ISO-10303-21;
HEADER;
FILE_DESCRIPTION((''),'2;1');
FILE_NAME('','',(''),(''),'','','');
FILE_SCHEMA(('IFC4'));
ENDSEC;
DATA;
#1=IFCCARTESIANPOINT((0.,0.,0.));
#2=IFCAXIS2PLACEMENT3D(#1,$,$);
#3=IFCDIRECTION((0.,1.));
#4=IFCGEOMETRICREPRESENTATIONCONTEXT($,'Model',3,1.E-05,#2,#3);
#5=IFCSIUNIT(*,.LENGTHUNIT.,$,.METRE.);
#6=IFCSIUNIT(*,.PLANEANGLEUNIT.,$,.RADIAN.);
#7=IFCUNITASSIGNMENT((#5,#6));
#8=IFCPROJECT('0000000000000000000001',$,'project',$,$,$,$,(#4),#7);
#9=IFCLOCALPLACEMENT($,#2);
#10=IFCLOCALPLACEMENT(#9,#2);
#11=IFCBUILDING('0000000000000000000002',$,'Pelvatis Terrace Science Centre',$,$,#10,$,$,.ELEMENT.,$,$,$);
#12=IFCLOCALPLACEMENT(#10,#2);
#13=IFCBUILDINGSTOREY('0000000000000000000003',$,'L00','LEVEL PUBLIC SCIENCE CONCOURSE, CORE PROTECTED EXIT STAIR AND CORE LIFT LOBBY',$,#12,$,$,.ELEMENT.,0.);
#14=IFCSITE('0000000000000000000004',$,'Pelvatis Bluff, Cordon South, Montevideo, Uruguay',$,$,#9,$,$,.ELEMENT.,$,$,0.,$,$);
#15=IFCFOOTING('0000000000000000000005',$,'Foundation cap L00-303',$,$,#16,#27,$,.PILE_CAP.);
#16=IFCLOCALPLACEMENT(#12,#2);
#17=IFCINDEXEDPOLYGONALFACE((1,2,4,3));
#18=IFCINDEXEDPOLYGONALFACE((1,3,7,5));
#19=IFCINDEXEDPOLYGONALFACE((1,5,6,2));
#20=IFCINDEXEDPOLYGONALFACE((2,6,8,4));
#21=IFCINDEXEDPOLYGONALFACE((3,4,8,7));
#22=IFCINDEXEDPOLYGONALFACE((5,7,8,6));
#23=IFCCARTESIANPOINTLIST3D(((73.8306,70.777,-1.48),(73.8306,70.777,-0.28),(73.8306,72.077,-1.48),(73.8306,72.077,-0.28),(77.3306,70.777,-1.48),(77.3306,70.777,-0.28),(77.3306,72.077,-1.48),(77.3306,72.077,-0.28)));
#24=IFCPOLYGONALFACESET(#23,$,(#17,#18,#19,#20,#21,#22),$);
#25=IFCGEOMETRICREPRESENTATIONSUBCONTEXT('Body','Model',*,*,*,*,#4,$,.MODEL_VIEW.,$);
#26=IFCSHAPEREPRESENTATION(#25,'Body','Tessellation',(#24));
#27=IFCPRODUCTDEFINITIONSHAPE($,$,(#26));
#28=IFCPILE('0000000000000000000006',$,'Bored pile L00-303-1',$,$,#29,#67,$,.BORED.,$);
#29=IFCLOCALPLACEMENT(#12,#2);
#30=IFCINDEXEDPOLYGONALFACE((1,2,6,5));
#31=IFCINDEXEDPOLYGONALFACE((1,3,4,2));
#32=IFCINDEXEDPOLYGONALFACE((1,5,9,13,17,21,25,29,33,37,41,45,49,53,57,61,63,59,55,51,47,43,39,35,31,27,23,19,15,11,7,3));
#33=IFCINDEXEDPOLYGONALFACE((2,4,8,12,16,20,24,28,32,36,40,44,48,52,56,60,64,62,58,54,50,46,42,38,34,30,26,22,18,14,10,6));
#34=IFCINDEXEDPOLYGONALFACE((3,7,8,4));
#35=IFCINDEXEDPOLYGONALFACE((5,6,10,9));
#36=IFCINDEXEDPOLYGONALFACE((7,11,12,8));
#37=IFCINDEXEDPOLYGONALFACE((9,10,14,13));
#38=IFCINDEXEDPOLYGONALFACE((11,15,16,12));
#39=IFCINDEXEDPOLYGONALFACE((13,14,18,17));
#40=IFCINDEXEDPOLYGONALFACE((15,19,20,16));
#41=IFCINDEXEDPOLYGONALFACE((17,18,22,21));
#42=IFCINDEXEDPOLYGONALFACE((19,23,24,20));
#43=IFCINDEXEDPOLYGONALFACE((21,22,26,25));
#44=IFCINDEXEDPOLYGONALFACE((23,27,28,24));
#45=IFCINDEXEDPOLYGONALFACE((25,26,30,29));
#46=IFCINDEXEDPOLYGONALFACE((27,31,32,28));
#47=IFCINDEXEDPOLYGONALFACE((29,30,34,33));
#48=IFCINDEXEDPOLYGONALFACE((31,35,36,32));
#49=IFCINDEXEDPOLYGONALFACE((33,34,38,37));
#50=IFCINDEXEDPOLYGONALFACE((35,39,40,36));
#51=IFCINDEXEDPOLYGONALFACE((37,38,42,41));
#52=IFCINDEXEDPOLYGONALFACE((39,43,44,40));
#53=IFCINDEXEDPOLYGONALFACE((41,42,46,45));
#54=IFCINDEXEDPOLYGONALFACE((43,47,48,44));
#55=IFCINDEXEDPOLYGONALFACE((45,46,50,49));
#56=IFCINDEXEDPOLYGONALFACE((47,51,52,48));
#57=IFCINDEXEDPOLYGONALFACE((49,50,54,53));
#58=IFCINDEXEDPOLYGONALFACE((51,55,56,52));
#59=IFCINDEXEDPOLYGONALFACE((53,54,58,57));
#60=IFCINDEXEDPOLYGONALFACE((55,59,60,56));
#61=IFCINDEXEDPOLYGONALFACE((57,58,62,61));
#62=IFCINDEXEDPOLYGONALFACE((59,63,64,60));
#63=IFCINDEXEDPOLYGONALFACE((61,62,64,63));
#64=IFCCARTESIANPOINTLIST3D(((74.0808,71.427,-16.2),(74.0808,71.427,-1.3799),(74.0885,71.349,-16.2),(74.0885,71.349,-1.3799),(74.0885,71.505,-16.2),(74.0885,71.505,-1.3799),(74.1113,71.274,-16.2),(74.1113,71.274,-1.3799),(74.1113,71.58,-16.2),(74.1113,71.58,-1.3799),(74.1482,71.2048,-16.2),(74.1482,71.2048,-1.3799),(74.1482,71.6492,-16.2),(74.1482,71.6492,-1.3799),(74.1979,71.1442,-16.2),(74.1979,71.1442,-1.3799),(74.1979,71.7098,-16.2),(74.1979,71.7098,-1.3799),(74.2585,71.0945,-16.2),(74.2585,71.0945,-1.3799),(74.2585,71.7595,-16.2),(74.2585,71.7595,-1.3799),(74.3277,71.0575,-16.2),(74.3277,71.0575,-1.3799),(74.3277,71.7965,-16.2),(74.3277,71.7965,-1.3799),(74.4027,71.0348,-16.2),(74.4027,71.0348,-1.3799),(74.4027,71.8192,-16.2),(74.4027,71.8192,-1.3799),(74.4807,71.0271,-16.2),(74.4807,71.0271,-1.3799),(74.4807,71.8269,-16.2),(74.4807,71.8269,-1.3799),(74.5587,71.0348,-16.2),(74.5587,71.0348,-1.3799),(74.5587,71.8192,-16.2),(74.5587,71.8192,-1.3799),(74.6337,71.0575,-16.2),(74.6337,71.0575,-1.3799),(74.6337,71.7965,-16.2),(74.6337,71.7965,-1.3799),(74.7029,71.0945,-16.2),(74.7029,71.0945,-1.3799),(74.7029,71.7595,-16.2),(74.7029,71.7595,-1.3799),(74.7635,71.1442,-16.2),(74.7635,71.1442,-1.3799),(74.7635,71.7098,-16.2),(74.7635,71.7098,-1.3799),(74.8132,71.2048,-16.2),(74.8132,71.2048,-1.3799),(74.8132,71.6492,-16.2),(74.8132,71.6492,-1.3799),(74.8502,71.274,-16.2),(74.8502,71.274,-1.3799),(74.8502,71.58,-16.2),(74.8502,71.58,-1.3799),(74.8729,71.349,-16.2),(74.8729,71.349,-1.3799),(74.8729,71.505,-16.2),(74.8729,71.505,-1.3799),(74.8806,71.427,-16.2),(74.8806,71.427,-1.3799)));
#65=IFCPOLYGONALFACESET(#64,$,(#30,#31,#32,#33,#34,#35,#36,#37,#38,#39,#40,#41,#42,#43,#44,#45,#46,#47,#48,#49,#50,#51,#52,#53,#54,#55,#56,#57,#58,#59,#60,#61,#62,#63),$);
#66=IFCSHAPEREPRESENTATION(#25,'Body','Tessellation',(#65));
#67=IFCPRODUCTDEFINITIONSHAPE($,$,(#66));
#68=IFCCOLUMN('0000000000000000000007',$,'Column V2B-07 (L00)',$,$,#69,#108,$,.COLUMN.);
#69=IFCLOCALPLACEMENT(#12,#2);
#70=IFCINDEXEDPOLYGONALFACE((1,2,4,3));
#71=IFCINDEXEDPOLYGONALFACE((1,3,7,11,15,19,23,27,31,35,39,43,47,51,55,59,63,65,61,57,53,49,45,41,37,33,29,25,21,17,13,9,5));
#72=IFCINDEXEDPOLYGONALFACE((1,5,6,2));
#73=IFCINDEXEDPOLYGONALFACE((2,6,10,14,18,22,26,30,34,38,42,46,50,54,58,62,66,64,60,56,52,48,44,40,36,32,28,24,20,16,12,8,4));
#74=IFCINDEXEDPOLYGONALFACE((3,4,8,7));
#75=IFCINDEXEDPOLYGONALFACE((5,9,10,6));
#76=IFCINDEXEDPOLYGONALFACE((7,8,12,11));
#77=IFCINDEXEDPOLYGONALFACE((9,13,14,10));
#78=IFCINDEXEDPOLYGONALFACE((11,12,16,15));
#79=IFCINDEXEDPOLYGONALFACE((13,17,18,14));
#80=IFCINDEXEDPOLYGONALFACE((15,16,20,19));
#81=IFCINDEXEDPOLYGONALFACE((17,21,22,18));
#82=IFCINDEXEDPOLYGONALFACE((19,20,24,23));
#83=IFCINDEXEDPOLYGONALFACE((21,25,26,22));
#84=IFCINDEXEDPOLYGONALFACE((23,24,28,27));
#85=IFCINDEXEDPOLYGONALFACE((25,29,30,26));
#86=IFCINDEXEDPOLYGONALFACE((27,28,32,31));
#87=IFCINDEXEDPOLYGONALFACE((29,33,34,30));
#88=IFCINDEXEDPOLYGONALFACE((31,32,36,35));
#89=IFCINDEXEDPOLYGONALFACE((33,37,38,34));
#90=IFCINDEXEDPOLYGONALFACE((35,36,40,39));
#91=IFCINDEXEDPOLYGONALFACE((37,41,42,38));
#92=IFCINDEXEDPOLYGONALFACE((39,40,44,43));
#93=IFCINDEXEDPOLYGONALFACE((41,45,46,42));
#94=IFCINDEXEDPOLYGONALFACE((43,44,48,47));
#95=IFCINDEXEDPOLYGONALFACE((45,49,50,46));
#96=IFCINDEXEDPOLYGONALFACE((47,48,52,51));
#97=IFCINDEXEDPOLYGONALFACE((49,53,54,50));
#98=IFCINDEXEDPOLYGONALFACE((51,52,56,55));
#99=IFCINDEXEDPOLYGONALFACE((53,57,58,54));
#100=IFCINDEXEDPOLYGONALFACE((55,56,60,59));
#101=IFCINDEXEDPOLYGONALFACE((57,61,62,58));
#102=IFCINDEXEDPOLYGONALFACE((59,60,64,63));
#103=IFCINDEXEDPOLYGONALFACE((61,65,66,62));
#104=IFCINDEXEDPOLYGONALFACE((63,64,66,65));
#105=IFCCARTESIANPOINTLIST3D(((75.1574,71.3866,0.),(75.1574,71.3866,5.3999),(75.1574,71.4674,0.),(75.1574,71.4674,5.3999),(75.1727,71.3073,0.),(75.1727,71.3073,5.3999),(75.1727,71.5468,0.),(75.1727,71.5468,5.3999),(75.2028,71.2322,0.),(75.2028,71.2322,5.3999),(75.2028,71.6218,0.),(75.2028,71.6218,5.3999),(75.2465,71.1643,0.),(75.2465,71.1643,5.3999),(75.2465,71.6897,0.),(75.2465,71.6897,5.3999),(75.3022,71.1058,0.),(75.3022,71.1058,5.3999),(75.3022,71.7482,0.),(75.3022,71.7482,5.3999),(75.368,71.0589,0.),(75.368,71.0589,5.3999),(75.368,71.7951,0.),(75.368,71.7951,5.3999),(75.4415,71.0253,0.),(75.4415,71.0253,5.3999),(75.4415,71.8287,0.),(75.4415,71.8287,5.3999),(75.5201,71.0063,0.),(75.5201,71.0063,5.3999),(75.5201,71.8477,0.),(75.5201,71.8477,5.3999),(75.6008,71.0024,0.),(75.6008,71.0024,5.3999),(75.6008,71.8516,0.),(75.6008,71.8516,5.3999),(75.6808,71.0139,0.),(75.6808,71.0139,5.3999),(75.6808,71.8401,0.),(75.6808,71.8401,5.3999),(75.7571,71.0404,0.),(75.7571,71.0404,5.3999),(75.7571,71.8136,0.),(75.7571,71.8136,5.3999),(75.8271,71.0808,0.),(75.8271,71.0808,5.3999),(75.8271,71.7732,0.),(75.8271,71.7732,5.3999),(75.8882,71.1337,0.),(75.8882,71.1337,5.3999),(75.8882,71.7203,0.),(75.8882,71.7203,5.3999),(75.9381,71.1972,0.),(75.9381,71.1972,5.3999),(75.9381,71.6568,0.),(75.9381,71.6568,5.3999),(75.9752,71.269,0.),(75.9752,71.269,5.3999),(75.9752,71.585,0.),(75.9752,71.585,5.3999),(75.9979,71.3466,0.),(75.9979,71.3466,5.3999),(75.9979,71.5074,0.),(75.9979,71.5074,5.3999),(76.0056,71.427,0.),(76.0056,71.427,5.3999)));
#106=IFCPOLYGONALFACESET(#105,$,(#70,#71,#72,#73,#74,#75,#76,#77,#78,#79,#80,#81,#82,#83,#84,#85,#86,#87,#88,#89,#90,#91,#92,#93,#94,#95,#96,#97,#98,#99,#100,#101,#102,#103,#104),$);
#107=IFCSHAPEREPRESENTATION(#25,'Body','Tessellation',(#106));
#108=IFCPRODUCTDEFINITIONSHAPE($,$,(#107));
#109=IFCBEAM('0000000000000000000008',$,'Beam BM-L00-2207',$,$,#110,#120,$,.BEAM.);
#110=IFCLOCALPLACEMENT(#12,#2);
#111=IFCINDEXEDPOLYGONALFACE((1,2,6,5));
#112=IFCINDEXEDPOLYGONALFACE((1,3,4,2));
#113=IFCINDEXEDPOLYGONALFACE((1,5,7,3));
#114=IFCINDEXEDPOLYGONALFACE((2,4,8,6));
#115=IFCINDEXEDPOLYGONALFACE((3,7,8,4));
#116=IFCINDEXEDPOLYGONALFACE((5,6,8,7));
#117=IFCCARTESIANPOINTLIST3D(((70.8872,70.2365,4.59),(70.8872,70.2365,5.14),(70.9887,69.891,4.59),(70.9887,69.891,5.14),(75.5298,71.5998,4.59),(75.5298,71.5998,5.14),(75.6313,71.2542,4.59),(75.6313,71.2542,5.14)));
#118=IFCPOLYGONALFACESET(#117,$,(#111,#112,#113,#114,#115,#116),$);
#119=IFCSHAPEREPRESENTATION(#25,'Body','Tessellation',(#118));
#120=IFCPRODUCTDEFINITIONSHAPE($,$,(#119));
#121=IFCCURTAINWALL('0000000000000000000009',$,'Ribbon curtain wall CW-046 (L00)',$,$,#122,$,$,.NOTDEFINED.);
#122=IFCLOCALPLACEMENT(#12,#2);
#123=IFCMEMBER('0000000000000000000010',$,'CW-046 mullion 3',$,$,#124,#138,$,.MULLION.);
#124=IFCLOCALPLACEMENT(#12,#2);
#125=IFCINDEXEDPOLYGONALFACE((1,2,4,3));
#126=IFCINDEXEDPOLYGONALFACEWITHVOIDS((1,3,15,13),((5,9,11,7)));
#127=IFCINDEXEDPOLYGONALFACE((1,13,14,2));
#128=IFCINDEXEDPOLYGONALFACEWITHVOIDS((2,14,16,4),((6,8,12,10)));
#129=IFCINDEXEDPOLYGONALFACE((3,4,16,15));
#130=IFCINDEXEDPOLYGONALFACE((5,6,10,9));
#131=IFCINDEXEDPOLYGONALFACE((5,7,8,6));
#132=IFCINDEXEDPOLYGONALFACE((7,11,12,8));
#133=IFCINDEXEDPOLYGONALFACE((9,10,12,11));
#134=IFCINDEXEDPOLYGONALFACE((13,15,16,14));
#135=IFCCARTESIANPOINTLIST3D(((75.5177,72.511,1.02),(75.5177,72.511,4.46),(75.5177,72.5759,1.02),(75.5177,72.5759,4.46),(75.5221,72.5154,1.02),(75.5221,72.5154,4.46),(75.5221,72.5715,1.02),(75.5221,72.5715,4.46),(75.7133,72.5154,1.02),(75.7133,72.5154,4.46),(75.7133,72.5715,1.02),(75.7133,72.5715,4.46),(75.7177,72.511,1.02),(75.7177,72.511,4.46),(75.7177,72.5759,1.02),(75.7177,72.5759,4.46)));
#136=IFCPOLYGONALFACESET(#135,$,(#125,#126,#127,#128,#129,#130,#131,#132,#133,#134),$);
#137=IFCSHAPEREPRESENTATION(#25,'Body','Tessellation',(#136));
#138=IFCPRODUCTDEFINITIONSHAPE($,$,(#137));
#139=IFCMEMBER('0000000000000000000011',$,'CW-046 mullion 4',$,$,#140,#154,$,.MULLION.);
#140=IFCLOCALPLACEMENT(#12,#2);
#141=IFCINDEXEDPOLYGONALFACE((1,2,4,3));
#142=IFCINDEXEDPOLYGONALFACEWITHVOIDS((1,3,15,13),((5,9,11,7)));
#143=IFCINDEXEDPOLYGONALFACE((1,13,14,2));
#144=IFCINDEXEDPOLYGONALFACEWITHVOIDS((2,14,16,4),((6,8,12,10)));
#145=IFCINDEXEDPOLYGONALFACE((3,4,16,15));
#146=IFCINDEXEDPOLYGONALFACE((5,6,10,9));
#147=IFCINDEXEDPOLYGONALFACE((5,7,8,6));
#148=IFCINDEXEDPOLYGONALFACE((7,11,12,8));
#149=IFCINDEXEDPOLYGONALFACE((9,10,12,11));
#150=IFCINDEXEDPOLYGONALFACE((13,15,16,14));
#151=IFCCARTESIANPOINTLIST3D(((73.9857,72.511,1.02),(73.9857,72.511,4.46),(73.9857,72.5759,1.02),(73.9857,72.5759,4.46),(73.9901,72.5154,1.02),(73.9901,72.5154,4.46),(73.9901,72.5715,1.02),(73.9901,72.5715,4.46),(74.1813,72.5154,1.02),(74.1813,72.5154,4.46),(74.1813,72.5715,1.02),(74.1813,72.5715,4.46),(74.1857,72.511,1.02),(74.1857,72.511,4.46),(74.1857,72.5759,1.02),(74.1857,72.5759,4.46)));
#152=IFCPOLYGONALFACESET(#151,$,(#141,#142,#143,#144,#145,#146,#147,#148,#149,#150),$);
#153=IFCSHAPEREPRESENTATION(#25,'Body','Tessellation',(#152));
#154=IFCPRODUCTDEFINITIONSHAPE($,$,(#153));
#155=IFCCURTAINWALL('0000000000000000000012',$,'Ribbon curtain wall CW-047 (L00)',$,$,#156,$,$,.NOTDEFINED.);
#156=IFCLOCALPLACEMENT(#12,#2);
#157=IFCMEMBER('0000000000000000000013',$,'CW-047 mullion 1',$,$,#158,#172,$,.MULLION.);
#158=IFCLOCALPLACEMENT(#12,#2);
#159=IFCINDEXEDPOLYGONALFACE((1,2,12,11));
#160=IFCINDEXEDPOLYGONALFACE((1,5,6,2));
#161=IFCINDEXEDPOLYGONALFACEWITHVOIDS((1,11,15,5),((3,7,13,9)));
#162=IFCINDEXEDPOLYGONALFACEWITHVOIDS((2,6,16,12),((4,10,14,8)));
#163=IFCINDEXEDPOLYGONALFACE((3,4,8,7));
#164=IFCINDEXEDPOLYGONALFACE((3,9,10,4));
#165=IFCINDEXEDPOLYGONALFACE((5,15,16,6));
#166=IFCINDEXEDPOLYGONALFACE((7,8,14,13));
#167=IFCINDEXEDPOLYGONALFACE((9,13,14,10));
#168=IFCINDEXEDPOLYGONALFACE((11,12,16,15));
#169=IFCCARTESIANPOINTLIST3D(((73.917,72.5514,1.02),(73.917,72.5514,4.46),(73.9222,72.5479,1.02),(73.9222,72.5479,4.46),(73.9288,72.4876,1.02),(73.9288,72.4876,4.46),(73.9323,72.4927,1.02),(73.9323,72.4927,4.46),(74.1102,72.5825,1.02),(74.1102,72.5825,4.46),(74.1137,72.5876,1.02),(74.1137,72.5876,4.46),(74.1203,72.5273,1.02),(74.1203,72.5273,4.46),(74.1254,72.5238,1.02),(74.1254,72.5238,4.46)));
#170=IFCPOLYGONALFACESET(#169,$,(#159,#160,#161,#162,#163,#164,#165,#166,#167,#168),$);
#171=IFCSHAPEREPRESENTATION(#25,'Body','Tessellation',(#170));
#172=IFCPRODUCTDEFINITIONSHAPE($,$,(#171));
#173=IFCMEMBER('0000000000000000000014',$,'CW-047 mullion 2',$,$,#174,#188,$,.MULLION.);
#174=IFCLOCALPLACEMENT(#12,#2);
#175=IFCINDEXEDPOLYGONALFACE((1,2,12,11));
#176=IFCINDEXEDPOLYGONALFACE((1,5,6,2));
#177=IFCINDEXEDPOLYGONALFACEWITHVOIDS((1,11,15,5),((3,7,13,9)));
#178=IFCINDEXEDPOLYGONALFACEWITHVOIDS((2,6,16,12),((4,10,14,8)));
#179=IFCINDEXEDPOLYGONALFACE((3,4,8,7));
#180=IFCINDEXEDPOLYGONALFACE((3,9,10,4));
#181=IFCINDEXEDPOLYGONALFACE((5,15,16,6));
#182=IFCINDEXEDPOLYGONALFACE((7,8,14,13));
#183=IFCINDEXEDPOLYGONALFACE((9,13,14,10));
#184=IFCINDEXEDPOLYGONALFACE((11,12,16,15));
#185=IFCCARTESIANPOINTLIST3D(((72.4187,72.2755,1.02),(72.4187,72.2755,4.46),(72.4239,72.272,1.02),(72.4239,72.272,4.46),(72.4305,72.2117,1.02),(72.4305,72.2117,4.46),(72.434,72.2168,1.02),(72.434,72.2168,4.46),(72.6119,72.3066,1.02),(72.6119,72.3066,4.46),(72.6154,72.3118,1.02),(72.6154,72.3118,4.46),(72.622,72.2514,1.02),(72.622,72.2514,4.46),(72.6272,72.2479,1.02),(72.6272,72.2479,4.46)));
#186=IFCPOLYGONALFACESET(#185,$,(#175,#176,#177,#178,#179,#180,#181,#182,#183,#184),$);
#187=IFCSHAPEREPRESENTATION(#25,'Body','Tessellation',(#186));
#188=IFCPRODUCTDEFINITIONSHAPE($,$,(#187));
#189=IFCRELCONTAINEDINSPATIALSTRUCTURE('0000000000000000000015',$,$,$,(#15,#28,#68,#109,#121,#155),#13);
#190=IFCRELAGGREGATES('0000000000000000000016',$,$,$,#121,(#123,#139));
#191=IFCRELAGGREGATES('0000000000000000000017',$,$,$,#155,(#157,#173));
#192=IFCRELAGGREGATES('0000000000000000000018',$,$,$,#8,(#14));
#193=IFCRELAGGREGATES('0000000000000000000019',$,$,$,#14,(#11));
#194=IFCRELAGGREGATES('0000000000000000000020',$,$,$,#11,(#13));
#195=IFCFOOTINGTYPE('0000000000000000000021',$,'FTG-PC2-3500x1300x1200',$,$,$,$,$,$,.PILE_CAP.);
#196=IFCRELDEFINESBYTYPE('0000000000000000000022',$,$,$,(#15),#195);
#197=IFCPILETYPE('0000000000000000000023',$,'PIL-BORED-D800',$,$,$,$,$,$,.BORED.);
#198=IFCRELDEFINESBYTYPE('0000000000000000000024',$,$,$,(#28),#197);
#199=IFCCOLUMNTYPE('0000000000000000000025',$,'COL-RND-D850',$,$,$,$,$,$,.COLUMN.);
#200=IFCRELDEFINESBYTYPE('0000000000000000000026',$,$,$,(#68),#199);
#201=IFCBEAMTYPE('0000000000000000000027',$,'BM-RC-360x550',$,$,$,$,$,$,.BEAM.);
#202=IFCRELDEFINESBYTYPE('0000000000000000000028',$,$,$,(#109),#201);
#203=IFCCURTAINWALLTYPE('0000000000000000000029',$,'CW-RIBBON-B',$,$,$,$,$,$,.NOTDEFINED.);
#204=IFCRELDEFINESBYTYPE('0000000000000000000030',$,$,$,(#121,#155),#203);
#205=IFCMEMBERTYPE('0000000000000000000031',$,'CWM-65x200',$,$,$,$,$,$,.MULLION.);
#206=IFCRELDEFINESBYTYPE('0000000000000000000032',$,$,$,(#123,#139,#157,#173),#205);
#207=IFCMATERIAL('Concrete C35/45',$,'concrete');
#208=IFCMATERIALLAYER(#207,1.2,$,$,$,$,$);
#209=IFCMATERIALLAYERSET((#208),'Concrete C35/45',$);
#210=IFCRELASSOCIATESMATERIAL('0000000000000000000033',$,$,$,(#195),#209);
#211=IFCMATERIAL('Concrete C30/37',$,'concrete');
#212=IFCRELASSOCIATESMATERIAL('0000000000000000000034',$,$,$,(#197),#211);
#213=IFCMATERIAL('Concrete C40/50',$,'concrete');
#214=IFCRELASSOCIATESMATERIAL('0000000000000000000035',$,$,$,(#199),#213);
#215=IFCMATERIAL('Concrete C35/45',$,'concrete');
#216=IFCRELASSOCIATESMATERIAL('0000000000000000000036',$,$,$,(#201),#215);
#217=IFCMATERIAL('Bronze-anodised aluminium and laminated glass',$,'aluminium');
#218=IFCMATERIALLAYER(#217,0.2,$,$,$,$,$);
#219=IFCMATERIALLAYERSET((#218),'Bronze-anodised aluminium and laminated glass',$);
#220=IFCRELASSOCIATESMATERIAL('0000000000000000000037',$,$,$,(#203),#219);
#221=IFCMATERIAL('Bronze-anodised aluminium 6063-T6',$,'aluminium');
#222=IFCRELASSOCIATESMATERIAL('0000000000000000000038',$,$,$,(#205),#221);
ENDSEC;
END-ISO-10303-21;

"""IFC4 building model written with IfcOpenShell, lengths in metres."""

from ifc_helpers import new_model, si_unit, direction, frame, origin, origin_2d, place, context, subcontext, project, spatial, rectangle, hollow_rectangle, circle, extrude, material, layer, layer_set, material_profile, profile_set, type_object, element, aggregate, save


model = new_model("IFC4")

# Units and contexts
model_context = context("Model", 3, precision=1e-05, world=origin(), true_north=direction((0.0, 1.0)))
body_context = subcontext(model_context, "Body", "Model", "MODEL_VIEW")
ifc_project = project(units=[si_unit("LENGTHUNIT", "METRE"), si_unit("PLANEANGLEUNIT", "RADIAN")], contexts=[model_context])

# Site, building, storey
site_placement = place(None, origin())
site = spatial("IfcSite", under=ifc_project, at=site_placement, Name="Pelvatis Bluff, Cordon South, Montevideo, Uruguay", CompositionType="ELEMENT", RefElevation=0.0)
building_placement = place(site_placement, origin())
building = spatial("IfcBuilding", under=site, at=building_placement, Name="Pelvatis Terrace Science Centre", CompositionType="ELEMENT")
storey_placement = place(building_placement, origin())
storey = spatial("IfcBuildingStorey", under=building, at=storey_placement, Name="L00", Description="LEVEL PUBLIC SCIENCE CONCOURSE, CORE PROTECTED EXIT STAIR AND CORE LIFT LOBBY", CompositionType="ELEMENT", Elevation=0.0)

# Footing
ifc_material_1 = material(Name="Concrete C35/45", Category="concrete")
ifc_layer_1 = layer(ifc_material_1, 1.2)
ifc_layer_set_1 = layer_set([ifc_layer_1], Name="Concrete C35/45")
footing_type = type_object("IfcFootingType", Name="FTG-PC2-3500x1300x1200", PredefinedType="PILE_CAP", material=ifc_layer_set_1)
footing_placement = place(storey_placement, frame((75.5806, 71.427, -1.48), z_axis=(0.0, 0.0, 1.0), x_axis=(1.0, 0.0, 0.0)))
element("IfcFooting", 1, at=footing_placement, inside=storey, type_object=footing_type, Name="Foundation cap L00-303", PredefinedType="PILE_CAP", context=body_context, shape_type="SweptSolid", body=[
    extrude(rectangle(XDim=3.5, YDim=1.3, at=origin_2d()), origin(), (0.0, 0.0, 1.0), 1.2),
])

# Pile
ifc_material_2 = material(Name="Concrete C30/37", Category="concrete")
ifc_material_profile_1 = material_profile(ifc_material_2, circle(Radius=0.3999, at=origin_2d()), Name="PILE D800")
ifc_profile_set_1 = profile_set([ifc_material_profile_1], Name="Concrete C30/37")
pile_type = type_object("IfcPileType", Name="PIL-BORED-D800", PredefinedType="BORED", material=ifc_profile_set_1)
pile_placement = place(storey_placement, frame((74.4807, 71.427, -1.3799), z_axis=(0.0, 0.0, -1.0), x_axis=(1.0, 0.0, 0.0)))
element("IfcPile", 2, at=pile_placement, inside=storey, type_object=pile_type, Name="Bored pile L00-303-1", PredefinedType="BORED", context=body_context, shape_type="SweptSolid", body=[
    extrude(circle(Radius=0.3999, at=origin_2d()), origin(), (0.0, 0.0, 1.0), 14.8201),
])

# Column
ifc_material_3 = material(Name="Concrete C40/50", Category="concrete")
ifc_material_profile_2 = material_profile(ifc_material_3, circle(Radius=0.425, at=origin_2d()), Name="RC-RCOL D850")
ifc_profile_set_2 = profile_set([ifc_material_profile_2], Name="Concrete C40/50")
column_type = type_object("IfcColumnType", Name="COL-RND-D850", PredefinedType="COLUMN", material=ifc_profile_set_2)
column_placement = place(storey_placement, frame((75.5806, 71.427, 0.0), z_axis=(0.0, 0.0, 1.0), x_axis=(1.0, 0.0, 0.0)))
element("IfcColumn", 3, at=column_placement, inside=storey, type_object=column_type, Name="Column V2B-07 (L00)", PredefinedType="COLUMN", context=body_context, shape_type="SweptSolid", body=[
    extrude(circle(Radius=0.425, at=origin_2d()), origin(), (0.0, 0.0, 1.0), 5.3999),
])

# Beam
ifc_material_4 = material(Name="Concrete C35/45", Category="concrete")
ifc_material_profile_3 = material_profile(ifc_material_4, rectangle(XDim=0.3601, YDim=0.55, at=origin_2d()), Name="RC-BM 360x550")
ifc_profile_set_3 = profile_set([ifc_material_profile_3], Name="Concrete C35/45")
beam_type = type_object("IfcBeamType", Name="BM-RC-360x550", PredefinedType="BEAM", material=ifc_profile_set_3)
beam_placement = place(storey_placement, frame((75.5806, 71.427, 4.865), z_axis=(-0.959488, -0.281751, 0.0), x_axis=(0.281751, -0.959488, 0.0)))
element("IfcBeam", 4, at=beam_placement, inside=storey, type_object=beam_type, Name="Beam BM-L00-2207", PredefinedType="BEAM", context=body_context, shape_type="SweptSolid", body=[
    extrude(rectangle(XDim=0.3601, YDim=0.55, at=origin_2d()), origin(), (0.0, 0.0, 1.0), 4.8386),
])

# Curtain walls, members
ifc_material_5 = material(Name="Bronze-anodised aluminium and laminated glass", Category="aluminium")
ifc_layer_2 = layer(ifc_material_5, 0.2)
ifc_layer_set_2 = layer_set([ifc_layer_2], Name="Bronze-anodised aluminium and laminated glass")
curtain_wall_type = type_object("IfcCurtainWallType", Name="CW-RIBBON-B", PredefinedType="NOTDEFINED", material=ifc_layer_set_2)
curtain_wall_1_placement = place(storey_placement, origin())
curtain_wall_1 = element("IfcCurtainWall", 5, at=curtain_wall_1_placement, inside=storey, type_object=curtain_wall_type, Name="Ribbon curtain wall CW-046 (L00)", PredefinedType="NOTDEFINED")
ifc_material_6 = material(Name="Bronze-anodised aluminium 6063-T6", Category="aluminium")
ifc_material_profile_4 = material_profile(ifc_material_6, hollow_rectangle(XDim=0.0649, YDim=0.2, WallThickness=0.0044, at=origin_2d()), Name="ALU-MUL 65x200")
ifc_profile_set_4 = profile_set([ifc_material_profile_4], Name="Bronze-anodised aluminium 6063-T6")
member_type_1 = type_object("IfcMemberType", Name="CWM-65x200", PredefinedType="MULLION", material=ifc_profile_set_4)
member_1_placement = place(storey_placement, frame((75.6177, 72.5435, 1.02), z_axis=(0.0, 0.0, 1.0), x_axis=(0.0, -1.0, 0.0)))
member_1 = element("IfcMember", 6, at=member_1_placement, type_object=member_type_1, Name="CW-046 mullion 3", PredefinedType="MULLION", context=body_context, shape_type="SweptSolid", body=[
    extrude(hollow_rectangle(XDim=0.0649, YDim=0.2, WallThickness=0.0044, at=origin_2d()), origin(), (0.0, 0.0, 1.0), 3.4399),
])
member_2_placement = place(storey_placement, frame((74.0857, 72.5435, 1.02), z_axis=(0.0, 0.0, 1.0), x_axis=(0.0, -1.0, 0.0)))
member_2 = element("IfcMember", 7, at=member_2_placement, type_object=member_type_1, Name="CW-046 mullion 4", PredefinedType="MULLION", context=body_context, shape_type="SweptSolid", body=[
    extrude(hollow_rectangle(XDim=0.0649, YDim=0.2, WallThickness=0.0044, at=origin_2d()), origin(), (0.0, 0.0, 1.0), 3.4399),
])
curtain_wall_2_placement = place(storey_placement, origin())
curtain_wall_2 = element("IfcCurtainWall", 8, at=curtain_wall_2_placement, inside=storey, type_object=curtain_wall_type, Name="Ribbon curtain wall CW-047 (L00)", PredefinedType="NOTDEFINED")
member_3_placement = place(storey_placement, frame((74.0212, 72.5376, 1.02), z_axis=(0.0, 0.0, 1.0), x_axis=(0.18113, -0.983459, 0.0)))
member_3 = element("IfcMember", 9, at=member_3_placement, type_object=member_type_1, Name="CW-047 mullion 1", PredefinedType="MULLION", context=body_context, shape_type="SweptSolid", body=[
    extrude(hollow_rectangle(XDim=0.0649, YDim=0.2, WallThickness=0.0044, at=origin_2d()), origin(), (0.0, 0.0, 1.0), 3.4399),
])
member_4_placement = place(storey_placement, frame((72.5229, 72.2617, 1.02), z_axis=(0.0, 0.0, 1.0), x_axis=(0.18113, -0.983459, 0.0)))
member_4 = element("IfcMember", 10, at=member_4_placement, type_object=member_type_1, Name="CW-047 mullion 2", PredefinedType="MULLION", context=body_context, shape_type="SweptSolid", body=[
    extrude(hollow_rectangle(XDim=0.0649, YDim=0.2, WallThickness=0.0044, at=origin_2d()), origin(), (0.0, 0.0, 1.0), 3.4399),
])

aggregate(curtain_wall_1, [member_1, member_2])
aggregate(curtain_wall_2, [member_3, member_4])

save(model, "model.ifc")
